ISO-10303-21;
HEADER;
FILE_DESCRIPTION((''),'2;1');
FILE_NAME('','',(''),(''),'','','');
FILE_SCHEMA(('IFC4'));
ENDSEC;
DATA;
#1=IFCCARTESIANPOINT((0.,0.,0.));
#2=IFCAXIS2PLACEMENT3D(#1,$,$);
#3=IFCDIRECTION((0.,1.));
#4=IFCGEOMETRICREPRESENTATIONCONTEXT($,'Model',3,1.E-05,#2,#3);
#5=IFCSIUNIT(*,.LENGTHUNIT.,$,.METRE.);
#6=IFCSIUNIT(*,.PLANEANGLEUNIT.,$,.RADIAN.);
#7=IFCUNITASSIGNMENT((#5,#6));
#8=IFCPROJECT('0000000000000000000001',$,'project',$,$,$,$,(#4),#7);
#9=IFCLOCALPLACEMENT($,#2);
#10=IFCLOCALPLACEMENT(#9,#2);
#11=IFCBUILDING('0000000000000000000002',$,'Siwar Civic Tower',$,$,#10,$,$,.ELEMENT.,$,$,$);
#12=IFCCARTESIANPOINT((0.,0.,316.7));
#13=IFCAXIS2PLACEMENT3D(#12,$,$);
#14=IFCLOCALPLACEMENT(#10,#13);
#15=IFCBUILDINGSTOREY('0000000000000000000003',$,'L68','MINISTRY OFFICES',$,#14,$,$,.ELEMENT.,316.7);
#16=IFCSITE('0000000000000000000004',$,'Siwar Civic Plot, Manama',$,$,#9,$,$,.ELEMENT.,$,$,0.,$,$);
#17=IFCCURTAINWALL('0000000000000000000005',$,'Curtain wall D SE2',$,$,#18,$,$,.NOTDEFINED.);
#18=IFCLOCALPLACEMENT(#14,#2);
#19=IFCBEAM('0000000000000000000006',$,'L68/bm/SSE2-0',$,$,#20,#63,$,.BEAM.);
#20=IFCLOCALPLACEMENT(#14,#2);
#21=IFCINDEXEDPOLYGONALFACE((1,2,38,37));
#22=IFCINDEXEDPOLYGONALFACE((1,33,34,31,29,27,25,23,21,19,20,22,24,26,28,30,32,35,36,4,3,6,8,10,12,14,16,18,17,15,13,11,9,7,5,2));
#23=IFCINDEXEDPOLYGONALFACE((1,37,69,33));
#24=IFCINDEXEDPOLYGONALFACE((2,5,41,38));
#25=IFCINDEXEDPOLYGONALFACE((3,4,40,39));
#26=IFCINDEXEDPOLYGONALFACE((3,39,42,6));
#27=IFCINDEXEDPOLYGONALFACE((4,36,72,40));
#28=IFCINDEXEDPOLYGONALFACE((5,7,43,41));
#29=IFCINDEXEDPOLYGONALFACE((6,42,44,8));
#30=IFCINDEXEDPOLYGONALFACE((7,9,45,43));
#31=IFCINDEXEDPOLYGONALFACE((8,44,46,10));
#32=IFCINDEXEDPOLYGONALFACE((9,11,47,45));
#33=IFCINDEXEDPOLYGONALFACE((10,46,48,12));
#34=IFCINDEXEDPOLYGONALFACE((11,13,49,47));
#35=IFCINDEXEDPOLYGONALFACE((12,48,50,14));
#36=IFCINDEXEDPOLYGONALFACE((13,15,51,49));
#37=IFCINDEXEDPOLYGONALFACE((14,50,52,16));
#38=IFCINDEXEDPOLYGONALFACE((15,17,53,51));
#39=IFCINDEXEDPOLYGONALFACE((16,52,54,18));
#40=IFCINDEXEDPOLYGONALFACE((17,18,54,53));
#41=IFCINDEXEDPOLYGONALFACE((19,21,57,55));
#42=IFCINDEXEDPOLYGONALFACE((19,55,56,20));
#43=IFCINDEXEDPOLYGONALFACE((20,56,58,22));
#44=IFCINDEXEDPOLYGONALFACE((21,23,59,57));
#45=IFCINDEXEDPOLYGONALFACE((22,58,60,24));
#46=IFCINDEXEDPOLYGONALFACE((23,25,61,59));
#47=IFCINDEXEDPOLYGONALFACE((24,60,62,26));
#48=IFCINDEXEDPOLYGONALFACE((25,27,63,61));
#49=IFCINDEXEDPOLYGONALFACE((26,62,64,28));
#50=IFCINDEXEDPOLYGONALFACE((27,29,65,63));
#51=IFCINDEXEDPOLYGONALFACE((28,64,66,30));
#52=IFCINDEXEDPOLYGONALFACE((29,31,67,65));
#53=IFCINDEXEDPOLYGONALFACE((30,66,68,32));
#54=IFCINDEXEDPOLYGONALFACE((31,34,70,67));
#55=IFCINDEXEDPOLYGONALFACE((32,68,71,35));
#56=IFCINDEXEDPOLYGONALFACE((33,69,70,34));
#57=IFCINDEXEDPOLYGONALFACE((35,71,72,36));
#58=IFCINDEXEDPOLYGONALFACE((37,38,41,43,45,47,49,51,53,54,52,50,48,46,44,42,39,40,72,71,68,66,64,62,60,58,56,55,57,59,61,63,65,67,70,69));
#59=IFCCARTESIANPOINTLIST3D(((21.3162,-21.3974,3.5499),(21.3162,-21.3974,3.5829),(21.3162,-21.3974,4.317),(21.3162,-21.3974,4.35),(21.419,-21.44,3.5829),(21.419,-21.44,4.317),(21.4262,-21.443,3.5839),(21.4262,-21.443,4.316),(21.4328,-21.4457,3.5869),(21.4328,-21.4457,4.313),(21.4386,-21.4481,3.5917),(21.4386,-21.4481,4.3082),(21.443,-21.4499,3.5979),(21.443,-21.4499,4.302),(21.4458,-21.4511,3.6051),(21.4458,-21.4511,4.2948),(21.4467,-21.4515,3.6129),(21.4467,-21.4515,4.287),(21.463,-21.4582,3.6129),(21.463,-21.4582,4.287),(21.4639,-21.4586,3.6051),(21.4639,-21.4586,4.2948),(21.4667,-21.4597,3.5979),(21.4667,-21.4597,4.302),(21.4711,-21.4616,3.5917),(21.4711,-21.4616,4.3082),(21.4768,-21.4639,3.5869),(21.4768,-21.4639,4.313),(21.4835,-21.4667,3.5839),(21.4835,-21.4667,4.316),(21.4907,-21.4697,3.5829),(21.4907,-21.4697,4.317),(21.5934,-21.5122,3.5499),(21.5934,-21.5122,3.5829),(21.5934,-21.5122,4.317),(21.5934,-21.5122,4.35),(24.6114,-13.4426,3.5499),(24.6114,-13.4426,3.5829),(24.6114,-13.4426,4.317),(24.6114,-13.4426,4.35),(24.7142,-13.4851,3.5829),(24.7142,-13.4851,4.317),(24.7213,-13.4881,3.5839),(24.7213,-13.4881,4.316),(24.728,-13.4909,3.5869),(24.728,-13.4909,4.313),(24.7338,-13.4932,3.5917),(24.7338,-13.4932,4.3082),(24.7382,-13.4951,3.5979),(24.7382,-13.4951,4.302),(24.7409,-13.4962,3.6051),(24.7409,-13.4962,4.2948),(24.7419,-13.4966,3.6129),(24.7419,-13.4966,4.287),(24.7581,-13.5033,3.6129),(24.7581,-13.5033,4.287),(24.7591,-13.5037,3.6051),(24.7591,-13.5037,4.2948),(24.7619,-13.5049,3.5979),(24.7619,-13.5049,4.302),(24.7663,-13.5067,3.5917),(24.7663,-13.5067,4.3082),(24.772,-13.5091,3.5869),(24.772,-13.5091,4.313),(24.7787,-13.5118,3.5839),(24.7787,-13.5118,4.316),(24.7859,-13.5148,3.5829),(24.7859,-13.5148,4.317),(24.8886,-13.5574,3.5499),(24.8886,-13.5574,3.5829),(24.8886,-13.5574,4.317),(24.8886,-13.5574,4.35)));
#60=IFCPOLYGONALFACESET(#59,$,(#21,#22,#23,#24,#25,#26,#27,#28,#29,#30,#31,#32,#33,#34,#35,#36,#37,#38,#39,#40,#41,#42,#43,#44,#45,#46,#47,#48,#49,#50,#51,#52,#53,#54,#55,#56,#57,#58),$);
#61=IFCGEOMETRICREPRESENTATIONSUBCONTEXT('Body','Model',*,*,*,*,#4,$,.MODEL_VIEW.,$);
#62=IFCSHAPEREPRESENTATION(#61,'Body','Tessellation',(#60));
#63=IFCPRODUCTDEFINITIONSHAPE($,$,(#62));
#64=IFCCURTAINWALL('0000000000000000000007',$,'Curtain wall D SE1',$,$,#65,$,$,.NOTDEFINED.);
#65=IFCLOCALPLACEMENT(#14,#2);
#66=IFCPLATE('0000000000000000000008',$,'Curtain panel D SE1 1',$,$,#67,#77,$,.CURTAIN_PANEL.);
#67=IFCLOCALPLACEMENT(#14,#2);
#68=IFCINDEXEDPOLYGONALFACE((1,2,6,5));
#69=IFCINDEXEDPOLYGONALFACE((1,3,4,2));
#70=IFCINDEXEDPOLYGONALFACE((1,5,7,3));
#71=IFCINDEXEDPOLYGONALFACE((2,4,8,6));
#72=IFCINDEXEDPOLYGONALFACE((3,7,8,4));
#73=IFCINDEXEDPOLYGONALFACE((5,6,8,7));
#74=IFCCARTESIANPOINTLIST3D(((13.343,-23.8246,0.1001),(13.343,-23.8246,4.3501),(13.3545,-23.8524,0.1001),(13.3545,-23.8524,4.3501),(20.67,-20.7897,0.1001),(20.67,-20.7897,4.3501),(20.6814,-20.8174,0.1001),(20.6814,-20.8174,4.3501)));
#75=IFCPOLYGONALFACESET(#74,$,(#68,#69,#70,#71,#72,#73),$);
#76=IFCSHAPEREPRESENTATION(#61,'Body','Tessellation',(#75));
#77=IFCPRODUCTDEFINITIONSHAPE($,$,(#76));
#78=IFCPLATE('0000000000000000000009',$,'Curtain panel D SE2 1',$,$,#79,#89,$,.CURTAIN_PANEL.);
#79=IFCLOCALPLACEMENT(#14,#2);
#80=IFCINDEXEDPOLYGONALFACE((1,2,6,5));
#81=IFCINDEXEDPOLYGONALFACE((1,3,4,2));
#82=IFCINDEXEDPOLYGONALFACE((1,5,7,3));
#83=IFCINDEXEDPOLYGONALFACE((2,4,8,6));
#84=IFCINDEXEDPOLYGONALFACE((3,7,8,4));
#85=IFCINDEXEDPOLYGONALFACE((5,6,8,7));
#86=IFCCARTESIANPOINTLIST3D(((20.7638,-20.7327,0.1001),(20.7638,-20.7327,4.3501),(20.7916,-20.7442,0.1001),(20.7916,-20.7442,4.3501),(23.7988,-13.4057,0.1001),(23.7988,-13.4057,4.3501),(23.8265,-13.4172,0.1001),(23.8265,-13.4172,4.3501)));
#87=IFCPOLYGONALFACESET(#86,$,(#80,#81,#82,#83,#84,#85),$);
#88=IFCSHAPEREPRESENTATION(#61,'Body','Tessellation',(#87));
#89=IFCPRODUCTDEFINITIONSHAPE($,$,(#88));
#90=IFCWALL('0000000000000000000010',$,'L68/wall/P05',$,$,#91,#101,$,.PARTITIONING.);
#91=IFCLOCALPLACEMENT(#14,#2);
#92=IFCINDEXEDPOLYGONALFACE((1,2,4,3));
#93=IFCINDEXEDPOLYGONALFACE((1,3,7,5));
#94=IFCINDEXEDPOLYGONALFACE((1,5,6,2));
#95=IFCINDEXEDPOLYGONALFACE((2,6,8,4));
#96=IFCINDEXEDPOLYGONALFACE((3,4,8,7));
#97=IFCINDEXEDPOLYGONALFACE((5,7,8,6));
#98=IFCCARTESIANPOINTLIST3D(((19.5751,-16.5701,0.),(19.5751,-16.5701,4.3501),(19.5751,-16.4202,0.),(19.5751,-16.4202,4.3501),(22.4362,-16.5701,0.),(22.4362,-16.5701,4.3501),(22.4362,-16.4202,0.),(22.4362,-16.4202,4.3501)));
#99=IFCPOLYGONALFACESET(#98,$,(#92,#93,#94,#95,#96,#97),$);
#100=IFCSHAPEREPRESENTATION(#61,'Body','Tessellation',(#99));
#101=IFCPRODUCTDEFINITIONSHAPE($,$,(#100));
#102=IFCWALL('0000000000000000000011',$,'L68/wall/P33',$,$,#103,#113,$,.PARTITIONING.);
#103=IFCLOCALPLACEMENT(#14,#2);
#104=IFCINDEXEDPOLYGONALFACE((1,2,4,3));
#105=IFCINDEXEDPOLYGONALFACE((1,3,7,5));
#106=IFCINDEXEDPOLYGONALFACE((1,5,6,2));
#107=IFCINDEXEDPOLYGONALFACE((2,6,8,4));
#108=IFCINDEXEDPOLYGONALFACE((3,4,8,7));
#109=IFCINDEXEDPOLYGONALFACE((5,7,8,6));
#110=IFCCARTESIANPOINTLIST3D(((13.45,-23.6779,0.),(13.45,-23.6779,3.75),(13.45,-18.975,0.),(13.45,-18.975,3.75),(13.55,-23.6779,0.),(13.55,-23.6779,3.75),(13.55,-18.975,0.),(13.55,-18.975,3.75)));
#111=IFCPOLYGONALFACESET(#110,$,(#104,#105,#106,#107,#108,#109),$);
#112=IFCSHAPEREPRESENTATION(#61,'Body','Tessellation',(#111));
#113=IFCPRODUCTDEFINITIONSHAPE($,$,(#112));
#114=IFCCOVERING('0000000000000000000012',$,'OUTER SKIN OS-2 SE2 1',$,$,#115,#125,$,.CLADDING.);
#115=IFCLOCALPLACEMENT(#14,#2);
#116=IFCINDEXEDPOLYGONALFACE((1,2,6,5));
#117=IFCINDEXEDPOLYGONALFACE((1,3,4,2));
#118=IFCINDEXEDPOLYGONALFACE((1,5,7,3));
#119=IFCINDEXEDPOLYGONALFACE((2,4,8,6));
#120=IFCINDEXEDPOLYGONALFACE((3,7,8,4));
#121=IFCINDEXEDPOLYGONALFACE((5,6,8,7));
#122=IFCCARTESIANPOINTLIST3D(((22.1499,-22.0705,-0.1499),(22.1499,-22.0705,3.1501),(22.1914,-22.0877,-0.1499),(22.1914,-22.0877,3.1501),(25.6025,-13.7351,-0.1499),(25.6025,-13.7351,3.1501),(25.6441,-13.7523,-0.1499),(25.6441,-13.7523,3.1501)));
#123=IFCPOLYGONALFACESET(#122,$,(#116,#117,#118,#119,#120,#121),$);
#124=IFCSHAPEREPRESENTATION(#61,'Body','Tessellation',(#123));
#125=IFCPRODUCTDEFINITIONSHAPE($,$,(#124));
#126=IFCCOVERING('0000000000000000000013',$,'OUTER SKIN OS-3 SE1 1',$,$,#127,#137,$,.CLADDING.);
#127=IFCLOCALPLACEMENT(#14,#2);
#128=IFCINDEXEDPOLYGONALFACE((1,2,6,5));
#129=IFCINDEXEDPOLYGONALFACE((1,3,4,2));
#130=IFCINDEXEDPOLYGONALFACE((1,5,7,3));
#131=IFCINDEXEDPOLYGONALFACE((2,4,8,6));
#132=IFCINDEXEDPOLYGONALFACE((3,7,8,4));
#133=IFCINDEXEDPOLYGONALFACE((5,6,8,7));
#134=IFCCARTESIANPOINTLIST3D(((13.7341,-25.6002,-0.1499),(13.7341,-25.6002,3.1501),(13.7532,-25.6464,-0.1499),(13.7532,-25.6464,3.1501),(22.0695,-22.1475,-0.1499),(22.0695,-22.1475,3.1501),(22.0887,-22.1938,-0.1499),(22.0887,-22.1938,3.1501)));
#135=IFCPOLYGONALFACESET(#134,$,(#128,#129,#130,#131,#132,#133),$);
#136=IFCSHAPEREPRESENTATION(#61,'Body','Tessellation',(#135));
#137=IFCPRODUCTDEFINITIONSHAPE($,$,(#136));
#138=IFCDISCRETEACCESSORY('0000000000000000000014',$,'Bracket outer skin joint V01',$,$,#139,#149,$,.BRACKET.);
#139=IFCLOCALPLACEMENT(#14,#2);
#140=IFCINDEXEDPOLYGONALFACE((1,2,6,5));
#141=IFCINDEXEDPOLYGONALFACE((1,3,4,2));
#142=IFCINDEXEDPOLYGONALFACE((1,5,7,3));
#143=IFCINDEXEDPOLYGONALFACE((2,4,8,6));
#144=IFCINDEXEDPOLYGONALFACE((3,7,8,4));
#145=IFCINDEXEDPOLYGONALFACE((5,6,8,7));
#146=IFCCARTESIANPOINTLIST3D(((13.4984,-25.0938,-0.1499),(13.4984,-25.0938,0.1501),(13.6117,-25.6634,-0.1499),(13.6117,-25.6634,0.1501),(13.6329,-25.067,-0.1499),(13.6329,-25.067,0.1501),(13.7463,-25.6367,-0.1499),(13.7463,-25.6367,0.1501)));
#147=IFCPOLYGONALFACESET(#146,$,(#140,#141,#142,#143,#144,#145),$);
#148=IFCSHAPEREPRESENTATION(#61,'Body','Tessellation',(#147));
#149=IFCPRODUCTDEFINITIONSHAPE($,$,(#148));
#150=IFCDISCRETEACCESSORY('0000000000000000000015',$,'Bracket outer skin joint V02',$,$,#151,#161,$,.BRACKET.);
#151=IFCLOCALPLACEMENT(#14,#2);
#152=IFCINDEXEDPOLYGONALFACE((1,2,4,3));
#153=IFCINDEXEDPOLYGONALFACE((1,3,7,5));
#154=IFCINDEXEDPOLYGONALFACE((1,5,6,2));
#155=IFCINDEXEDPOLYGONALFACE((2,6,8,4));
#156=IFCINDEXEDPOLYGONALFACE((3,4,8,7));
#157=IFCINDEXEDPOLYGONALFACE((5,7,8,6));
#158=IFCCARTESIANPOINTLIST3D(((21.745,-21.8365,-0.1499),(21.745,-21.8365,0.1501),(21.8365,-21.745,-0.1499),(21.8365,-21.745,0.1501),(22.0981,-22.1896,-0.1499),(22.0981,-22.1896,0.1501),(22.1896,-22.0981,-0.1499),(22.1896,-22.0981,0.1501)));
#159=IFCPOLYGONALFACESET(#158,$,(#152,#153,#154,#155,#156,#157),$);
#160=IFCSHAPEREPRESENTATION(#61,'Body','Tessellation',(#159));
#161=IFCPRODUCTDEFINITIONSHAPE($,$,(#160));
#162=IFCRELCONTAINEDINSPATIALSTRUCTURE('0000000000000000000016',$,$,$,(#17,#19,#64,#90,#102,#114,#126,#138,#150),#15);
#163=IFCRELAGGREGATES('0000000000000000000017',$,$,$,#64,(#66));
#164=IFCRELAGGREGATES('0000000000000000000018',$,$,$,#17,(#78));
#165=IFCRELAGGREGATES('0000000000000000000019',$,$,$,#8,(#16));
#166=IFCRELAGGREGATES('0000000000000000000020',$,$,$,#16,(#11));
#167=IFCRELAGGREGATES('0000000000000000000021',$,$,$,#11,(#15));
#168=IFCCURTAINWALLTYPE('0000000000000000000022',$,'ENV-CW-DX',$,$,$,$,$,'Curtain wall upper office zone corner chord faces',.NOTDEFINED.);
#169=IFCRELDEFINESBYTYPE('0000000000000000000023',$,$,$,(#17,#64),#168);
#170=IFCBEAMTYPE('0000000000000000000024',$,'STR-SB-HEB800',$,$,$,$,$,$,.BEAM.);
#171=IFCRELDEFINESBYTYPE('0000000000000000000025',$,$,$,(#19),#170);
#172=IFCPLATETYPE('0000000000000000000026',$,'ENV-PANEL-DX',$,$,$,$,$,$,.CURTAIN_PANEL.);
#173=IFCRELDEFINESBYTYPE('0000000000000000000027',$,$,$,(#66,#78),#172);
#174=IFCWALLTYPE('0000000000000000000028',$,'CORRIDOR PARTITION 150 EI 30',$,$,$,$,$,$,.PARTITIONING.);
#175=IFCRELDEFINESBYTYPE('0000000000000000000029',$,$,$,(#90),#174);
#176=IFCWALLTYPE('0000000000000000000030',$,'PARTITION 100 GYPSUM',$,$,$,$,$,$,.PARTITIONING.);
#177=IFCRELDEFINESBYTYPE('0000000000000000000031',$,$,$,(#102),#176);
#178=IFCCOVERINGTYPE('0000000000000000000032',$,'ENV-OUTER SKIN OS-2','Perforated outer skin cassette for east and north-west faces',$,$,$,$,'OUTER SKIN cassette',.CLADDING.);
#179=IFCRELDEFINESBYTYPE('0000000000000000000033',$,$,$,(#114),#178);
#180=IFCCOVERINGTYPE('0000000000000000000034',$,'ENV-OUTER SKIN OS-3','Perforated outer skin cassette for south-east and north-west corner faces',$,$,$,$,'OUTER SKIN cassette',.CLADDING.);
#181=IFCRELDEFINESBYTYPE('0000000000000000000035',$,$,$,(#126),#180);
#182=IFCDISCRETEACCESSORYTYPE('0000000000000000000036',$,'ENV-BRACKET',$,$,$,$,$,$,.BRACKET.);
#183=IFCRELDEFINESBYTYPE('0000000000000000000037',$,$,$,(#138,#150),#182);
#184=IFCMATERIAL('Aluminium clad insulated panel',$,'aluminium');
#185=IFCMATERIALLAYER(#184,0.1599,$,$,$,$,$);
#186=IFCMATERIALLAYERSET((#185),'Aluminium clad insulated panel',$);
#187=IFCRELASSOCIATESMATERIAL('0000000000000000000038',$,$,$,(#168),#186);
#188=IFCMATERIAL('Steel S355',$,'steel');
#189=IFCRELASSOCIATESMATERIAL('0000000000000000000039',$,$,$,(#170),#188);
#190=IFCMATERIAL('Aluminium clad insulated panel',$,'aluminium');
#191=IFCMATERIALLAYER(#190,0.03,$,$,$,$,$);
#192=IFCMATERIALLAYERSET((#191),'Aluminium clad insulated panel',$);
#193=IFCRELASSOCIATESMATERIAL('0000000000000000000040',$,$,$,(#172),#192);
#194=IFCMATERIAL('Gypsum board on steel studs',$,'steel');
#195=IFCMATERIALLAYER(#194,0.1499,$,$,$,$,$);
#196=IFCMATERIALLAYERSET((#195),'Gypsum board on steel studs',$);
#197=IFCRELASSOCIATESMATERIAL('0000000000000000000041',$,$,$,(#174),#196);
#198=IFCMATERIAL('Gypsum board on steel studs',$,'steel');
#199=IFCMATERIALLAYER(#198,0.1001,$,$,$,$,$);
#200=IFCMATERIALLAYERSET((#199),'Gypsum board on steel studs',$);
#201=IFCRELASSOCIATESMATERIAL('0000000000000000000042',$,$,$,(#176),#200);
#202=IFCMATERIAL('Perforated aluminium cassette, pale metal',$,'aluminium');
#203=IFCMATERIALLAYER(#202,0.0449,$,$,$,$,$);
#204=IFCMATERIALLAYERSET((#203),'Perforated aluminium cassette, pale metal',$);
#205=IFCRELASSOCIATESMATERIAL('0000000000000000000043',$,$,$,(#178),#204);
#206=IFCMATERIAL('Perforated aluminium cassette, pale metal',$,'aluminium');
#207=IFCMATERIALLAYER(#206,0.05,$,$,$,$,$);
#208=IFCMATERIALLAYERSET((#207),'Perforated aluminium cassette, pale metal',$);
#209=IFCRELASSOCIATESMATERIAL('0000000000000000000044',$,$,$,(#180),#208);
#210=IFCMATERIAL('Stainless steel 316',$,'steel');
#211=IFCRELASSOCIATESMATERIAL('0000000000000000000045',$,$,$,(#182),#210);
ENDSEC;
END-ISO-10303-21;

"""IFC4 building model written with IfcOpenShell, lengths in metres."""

from ifc_helpers import new_model, si_unit, direction, frame, frame_2d, origin, origin_2d, place, context, subcontext, project, spatial, rectangle, i_section, extrude, material, layer, layer_set, material_profile, profile_set, type_object, element, aggregate, save


model = new_model("IFC4")

# Units and contexts
model_context = context("Model", 3, precision=1e-05, world=origin(), true_north=direction((0.0, 1.0)))
body_context = subcontext(model_context, "Body", "Model", "MODEL_VIEW")
ifc_project = project(units=[si_unit("LENGTHUNIT", "METRE"), si_unit("PLANEANGLEUNIT", "RADIAN")], contexts=[model_context])

# Site, building, storey
site_placement = place(None, origin())
site = spatial("IfcSite", under=ifc_project, at=site_placement, Name="Siwar Civic Plot, Manama", CompositionType="ELEMENT", RefElevation=0.0)
building_placement = place(site_placement, origin())
building = spatial("IfcBuilding", under=site, at=building_placement, Name="Siwar Civic Tower", CompositionType="ELEMENT")
storey_placement = place(building_placement, frame((0.0, 0.0, 316.7)))
storey = spatial("IfcBuildingStorey", under=building, at=storey_placement, Name="L68", Description="MINISTRY OFFICES", CompositionType="ELEMENT", Elevation=316.7)

# Curtain wall
ifc_material_1 = material(Name="Aluminium clad insulated panel", Category="aluminium")
ifc_layer_1 = layer(ifc_material_1, 0.1599)
ifc_layer_set_1 = layer_set([ifc_layer_1], Name="Aluminium clad insulated panel")
curtain_wall_type = type_object("IfcCurtainWallType", Name="ENV-CW-DX", ElementType="Curtain wall upper office zone corner chord faces", PredefinedType="NOTDEFINED", material=ifc_layer_set_1)
curtain_wall_1_placement = place(storey_placement, origin())
curtain_wall_1 = element("IfcCurtainWall", 1, at=curtain_wall_1_placement, inside=storey, type_object=curtain_wall_type, Name="Curtain wall D SE2", PredefinedType="NOTDEFINED")

# Beam
ifc_material_2 = material(Name="Steel S355", Category="steel")
ifc_material_profile_1 = material_profile(ifc_material_2, i_section(OverallWidth=0.3, OverallDepth=0.8, WebThickness=0.0176, FlangeThickness=0.033, FilletRadius=0.03, at=origin_2d()), Name="HEB800")
ifc_profile_set_1 = profile_set([ifc_material_profile_1], Name="Steel S355")
beam_type_1 = type_object("IfcBeamType", Name="STR-SB-HEB800", PredefinedType="BEAM", material=ifc_profile_set_1)
for number, where, z_axis, x_axis, name in (
    (2, (21.4548, -21.4548, 3.95), (0.3827, 0.923873, 0.0), (-0.923873, 0.3827, 0.0), "L68/bm/SSE2-0"),
):
    element("IfcBeam", number, at=place(storey_placement, frame(where, z_axis=z_axis, x_axis=x_axis)), inside=storey, type_object=beam_type_1, Name=name, PredefinedType="BEAM", context=body_context, shape_type="SweptSolid", body=[
        extrude(i_section(OverallWidth=0.3, OverallDepth=0.8, WebThickness=0.0176, FlangeThickness=0.033, FilletRadius=0.03, at=origin_2d()), origin(), (0.0, 0.0, 1.0), 8.6104),
    ])

# Curtain wall, plate
curtain_wall_2_placement = place(storey_placement, origin())
curtain_wall_2 = element("IfcCurtainWall", 3, at=curtain_wall_2_placement, inside=storey, type_object=curtain_wall_type, Name="Curtain wall D SE1", PredefinedType="NOTDEFINED")
ifc_material_3 = material(Name="Aluminium clad insulated panel", Category="aluminium")
ifc_layer_2 = layer(ifc_material_3, 0.03)
ifc_layer_set_2 = layer_set([ifc_layer_2], Name="Aluminium clad insulated panel")
plate_type = type_object("IfcPlateType", Name="ENV-PANEL-DX", PredefinedType="CURTAIN_PANEL", material=ifc_layer_set_2)
plate_1_placement = place(storey_placement, frame((17.0122, -22.321, 0.1001), z_axis=(0.0, 0.0, 1.0), x_axis=(0.92388, 0.382683, 0.0)))
plate_1 = element("IfcPlate", 4, at=plate_1_placement, type_object=plate_type, Name="Curtain panel D SE1 1", PredefinedType="CURTAIN_PANEL", context=body_context, shape_type="SweptSolid", body=[
    extrude(rectangle(XDim=7.9307, YDim=0.03, at=origin_2d()), origin(), (0.0, 0.0, 1.0), 4.25),
])
aggregate(curtain_wall_2, [plate_1])

# Plate
plate_2_placement = place(storey_placement, frame((22.2952, -17.075, 0.1001), z_axis=(0.0, 0.0, 1.0), x_axis=(0.382683, 0.92388, 0.0)))
plate_2 = element("IfcPlate", 5, at=plate_2_placement, type_object=plate_type, Name="Curtain panel D SE2 1", PredefinedType="CURTAIN_PANEL", context=body_context, shape_type="SweptSolid", body=[
    extrude(rectangle(XDim=7.9307, YDim=0.03, at=origin_2d()), origin(), (0.0, 0.0, 1.0), 4.25),
])
aggregate(curtain_wall_1, [plate_2])

# Walls
ifc_material_4 = material(Name="Gypsum board on steel studs", Category="steel")
ifc_layer_3 = layer(ifc_material_4, 0.1499)
ifc_layer_set_3 = layer_set([ifc_layer_3], Name="Gypsum board on steel studs")
wall_type_1 = type_object("IfcWallType", Name="CORRIDOR PARTITION 150 EI 30", PredefinedType="PARTITIONING", material=ifc_layer_set_3)
wall_1_placement = place(storey_placement, frame((19.575, -16.4951, 0.0), z_axis=(0.0, 0.0, 1.0), x_axis=(1.0, 0.0, 0.0)))
element("IfcWall", 6, at=wall_1_placement, inside=storey, type_object=wall_type_1, Name="L68/wall/P05", PredefinedType="PARTITIONING", context=body_context, shape_type="SweptSolid", body=[
    extrude(rectangle(XDim=2.8611, YDim=0.1499, at=frame_2d((1.4307, 0.0))), origin(), (0.0, 0.0, 1.0), 4.3501),
])
ifc_material_5 = material(Name="Gypsum board on steel studs", Category="steel")
ifc_layer_4 = layer(ifc_material_5, 0.1001)
ifc_layer_set_4 = layer_set([ifc_layer_4], Name="Gypsum board on steel studs")
wall_type_2 = type_object("IfcWallType", Name="PARTITION 100 GYPSUM", PredefinedType="PARTITIONING", material=ifc_layer_set_4)
wall_2_placement = place(storey_placement, frame((13.5, -23.678, 0.0), z_axis=(0.0, 0.0, 1.0), x_axis=(0.0, 1.0, 0.0)))
element("IfcWall", 7, at=wall_2_placement, inside=storey, type_object=wall_type_2, Name="L68/wall/P33", PredefinedType="PARTITIONING", context=body_context, shape_type="SweptSolid", body=[
    extrude(rectangle(XDim=4.7029, YDim=0.1001, at=frame_2d((2.3516, 0.0))), origin(), (0.0, 0.0, 1.0), 3.75),
])

# Coverings
ifc_material_6 = material(Name="Perforated aluminium cassette, pale metal", Category="aluminium")
ifc_layer_5 = layer(ifc_material_6, 0.0449)
ifc_layer_set_5 = layer_set([ifc_layer_5], Name="Perforated aluminium cassette, pale metal")
covering_type_1 = type_object("IfcCoveringType", Name="ENV-OUTER SKIN OS-2", Description="Perforated outer skin cassette for east and north-west faces", ElementType="OUTER SKIN cassette", PredefinedType="CLADDING", material=ifc_layer_set_5)
covering_1_placement = place(storey_placement, frame((23.897, -17.9114, -0.1499), z_axis=(0.0, 0.0, 1.0), x_axis=(0.382683, 0.92388, 0.0)))
element("IfcCovering", 8, at=covering_1_placement, inside=storey, type_object=covering_type_1, Name="OUTER SKIN OS-2 SE2 1", PredefinedType="CLADDING", context=body_context, shape_type="SweptSolid", body=[
    extrude(rectangle(XDim=9.0222, YDim=0.0449, at=origin_2d()), origin(), (0.0, 0.0, 1.0), 3.3),
])
ifc_material_7 = material(Name="Perforated aluminium cassette, pale metal", Category="aluminium")
ifc_layer_6 = layer(ifc_material_7, 0.05)
ifc_layer_set_6 = layer_set([ifc_layer_6], Name="Perforated aluminium cassette, pale metal")
covering_type_2 = type_object("IfcCoveringType", Name="ENV-OUTER SKIN OS-3", Description="Perforated outer skin cassette for south-east and north-west corner faces", ElementType="OUTER SKIN cassette", PredefinedType="CLADDING", material=ifc_layer_set_6)
covering_2_placement = place(storey_placement, frame((17.9114, -23.897, -0.1499), z_axis=(0.0, 0.0, 1.0), x_axis=(0.92388, 0.382683, 0.0)))
element("IfcCovering", 9, at=covering_2_placement, inside=storey, type_object=covering_type_2, Name="OUTER SKIN OS-3 SE1 1", PredefinedType="CLADDING", context=body_context, shape_type="SweptSolid", body=[
    extrude(rectangle(XDim=9.0222, YDim=0.05, at=origin_2d()), origin(), (0.0, 0.0, 1.0), 3.3),
])

# Discrete accessories
ifc_material_8 = material(Name="Stainless steel 316", Category="steel")
discrete_accessory_type = type_object("IfcDiscreteAccessoryType", Name="ENV-BRACKET", PredefinedType="BRACKET", material=ifc_material_8)
discrete_accessory_1_placement = place(storey_placement, frame((13.6223, -25.3652, -0.1499), z_axis=(0.0, 0.0, 1.0), x_axis=(0.19509, -0.980785, 0.0)))
element("IfcDiscreteAccessory", 10, at=discrete_accessory_1_placement, inside=storey, type_object=discrete_accessory_type, Name="Bracket outer skin joint V01", PredefinedType="BRACKET", context=body_context, shape_type="SweptSolid", body=[
    extrude(rectangle(XDim=0.5808, YDim=0.1372, at=origin_2d()), origin(), (0.0, 0.0, 1.0), 0.3),
])
discrete_accessory_2_placement = place(storey_placement, frame((21.9673, -21.9673, -0.1499), z_axis=(0.0, 0.0, 1.0), x_axis=(0.707107, -0.707107, 0.0)))
element("IfcDiscreteAccessory", 11, at=discrete_accessory_2_placement, inside=storey, type_object=discrete_accessory_type, Name="Bracket outer skin joint V02", PredefinedType="BRACKET", context=body_context, shape_type="SweptSolid", body=[
    extrude(rectangle(XDim=0.4993, YDim=0.1294, at=origin_2d()), origin(), (0.0, 0.0, 1.0), 0.3),
])

save(model, "model.ifc")
